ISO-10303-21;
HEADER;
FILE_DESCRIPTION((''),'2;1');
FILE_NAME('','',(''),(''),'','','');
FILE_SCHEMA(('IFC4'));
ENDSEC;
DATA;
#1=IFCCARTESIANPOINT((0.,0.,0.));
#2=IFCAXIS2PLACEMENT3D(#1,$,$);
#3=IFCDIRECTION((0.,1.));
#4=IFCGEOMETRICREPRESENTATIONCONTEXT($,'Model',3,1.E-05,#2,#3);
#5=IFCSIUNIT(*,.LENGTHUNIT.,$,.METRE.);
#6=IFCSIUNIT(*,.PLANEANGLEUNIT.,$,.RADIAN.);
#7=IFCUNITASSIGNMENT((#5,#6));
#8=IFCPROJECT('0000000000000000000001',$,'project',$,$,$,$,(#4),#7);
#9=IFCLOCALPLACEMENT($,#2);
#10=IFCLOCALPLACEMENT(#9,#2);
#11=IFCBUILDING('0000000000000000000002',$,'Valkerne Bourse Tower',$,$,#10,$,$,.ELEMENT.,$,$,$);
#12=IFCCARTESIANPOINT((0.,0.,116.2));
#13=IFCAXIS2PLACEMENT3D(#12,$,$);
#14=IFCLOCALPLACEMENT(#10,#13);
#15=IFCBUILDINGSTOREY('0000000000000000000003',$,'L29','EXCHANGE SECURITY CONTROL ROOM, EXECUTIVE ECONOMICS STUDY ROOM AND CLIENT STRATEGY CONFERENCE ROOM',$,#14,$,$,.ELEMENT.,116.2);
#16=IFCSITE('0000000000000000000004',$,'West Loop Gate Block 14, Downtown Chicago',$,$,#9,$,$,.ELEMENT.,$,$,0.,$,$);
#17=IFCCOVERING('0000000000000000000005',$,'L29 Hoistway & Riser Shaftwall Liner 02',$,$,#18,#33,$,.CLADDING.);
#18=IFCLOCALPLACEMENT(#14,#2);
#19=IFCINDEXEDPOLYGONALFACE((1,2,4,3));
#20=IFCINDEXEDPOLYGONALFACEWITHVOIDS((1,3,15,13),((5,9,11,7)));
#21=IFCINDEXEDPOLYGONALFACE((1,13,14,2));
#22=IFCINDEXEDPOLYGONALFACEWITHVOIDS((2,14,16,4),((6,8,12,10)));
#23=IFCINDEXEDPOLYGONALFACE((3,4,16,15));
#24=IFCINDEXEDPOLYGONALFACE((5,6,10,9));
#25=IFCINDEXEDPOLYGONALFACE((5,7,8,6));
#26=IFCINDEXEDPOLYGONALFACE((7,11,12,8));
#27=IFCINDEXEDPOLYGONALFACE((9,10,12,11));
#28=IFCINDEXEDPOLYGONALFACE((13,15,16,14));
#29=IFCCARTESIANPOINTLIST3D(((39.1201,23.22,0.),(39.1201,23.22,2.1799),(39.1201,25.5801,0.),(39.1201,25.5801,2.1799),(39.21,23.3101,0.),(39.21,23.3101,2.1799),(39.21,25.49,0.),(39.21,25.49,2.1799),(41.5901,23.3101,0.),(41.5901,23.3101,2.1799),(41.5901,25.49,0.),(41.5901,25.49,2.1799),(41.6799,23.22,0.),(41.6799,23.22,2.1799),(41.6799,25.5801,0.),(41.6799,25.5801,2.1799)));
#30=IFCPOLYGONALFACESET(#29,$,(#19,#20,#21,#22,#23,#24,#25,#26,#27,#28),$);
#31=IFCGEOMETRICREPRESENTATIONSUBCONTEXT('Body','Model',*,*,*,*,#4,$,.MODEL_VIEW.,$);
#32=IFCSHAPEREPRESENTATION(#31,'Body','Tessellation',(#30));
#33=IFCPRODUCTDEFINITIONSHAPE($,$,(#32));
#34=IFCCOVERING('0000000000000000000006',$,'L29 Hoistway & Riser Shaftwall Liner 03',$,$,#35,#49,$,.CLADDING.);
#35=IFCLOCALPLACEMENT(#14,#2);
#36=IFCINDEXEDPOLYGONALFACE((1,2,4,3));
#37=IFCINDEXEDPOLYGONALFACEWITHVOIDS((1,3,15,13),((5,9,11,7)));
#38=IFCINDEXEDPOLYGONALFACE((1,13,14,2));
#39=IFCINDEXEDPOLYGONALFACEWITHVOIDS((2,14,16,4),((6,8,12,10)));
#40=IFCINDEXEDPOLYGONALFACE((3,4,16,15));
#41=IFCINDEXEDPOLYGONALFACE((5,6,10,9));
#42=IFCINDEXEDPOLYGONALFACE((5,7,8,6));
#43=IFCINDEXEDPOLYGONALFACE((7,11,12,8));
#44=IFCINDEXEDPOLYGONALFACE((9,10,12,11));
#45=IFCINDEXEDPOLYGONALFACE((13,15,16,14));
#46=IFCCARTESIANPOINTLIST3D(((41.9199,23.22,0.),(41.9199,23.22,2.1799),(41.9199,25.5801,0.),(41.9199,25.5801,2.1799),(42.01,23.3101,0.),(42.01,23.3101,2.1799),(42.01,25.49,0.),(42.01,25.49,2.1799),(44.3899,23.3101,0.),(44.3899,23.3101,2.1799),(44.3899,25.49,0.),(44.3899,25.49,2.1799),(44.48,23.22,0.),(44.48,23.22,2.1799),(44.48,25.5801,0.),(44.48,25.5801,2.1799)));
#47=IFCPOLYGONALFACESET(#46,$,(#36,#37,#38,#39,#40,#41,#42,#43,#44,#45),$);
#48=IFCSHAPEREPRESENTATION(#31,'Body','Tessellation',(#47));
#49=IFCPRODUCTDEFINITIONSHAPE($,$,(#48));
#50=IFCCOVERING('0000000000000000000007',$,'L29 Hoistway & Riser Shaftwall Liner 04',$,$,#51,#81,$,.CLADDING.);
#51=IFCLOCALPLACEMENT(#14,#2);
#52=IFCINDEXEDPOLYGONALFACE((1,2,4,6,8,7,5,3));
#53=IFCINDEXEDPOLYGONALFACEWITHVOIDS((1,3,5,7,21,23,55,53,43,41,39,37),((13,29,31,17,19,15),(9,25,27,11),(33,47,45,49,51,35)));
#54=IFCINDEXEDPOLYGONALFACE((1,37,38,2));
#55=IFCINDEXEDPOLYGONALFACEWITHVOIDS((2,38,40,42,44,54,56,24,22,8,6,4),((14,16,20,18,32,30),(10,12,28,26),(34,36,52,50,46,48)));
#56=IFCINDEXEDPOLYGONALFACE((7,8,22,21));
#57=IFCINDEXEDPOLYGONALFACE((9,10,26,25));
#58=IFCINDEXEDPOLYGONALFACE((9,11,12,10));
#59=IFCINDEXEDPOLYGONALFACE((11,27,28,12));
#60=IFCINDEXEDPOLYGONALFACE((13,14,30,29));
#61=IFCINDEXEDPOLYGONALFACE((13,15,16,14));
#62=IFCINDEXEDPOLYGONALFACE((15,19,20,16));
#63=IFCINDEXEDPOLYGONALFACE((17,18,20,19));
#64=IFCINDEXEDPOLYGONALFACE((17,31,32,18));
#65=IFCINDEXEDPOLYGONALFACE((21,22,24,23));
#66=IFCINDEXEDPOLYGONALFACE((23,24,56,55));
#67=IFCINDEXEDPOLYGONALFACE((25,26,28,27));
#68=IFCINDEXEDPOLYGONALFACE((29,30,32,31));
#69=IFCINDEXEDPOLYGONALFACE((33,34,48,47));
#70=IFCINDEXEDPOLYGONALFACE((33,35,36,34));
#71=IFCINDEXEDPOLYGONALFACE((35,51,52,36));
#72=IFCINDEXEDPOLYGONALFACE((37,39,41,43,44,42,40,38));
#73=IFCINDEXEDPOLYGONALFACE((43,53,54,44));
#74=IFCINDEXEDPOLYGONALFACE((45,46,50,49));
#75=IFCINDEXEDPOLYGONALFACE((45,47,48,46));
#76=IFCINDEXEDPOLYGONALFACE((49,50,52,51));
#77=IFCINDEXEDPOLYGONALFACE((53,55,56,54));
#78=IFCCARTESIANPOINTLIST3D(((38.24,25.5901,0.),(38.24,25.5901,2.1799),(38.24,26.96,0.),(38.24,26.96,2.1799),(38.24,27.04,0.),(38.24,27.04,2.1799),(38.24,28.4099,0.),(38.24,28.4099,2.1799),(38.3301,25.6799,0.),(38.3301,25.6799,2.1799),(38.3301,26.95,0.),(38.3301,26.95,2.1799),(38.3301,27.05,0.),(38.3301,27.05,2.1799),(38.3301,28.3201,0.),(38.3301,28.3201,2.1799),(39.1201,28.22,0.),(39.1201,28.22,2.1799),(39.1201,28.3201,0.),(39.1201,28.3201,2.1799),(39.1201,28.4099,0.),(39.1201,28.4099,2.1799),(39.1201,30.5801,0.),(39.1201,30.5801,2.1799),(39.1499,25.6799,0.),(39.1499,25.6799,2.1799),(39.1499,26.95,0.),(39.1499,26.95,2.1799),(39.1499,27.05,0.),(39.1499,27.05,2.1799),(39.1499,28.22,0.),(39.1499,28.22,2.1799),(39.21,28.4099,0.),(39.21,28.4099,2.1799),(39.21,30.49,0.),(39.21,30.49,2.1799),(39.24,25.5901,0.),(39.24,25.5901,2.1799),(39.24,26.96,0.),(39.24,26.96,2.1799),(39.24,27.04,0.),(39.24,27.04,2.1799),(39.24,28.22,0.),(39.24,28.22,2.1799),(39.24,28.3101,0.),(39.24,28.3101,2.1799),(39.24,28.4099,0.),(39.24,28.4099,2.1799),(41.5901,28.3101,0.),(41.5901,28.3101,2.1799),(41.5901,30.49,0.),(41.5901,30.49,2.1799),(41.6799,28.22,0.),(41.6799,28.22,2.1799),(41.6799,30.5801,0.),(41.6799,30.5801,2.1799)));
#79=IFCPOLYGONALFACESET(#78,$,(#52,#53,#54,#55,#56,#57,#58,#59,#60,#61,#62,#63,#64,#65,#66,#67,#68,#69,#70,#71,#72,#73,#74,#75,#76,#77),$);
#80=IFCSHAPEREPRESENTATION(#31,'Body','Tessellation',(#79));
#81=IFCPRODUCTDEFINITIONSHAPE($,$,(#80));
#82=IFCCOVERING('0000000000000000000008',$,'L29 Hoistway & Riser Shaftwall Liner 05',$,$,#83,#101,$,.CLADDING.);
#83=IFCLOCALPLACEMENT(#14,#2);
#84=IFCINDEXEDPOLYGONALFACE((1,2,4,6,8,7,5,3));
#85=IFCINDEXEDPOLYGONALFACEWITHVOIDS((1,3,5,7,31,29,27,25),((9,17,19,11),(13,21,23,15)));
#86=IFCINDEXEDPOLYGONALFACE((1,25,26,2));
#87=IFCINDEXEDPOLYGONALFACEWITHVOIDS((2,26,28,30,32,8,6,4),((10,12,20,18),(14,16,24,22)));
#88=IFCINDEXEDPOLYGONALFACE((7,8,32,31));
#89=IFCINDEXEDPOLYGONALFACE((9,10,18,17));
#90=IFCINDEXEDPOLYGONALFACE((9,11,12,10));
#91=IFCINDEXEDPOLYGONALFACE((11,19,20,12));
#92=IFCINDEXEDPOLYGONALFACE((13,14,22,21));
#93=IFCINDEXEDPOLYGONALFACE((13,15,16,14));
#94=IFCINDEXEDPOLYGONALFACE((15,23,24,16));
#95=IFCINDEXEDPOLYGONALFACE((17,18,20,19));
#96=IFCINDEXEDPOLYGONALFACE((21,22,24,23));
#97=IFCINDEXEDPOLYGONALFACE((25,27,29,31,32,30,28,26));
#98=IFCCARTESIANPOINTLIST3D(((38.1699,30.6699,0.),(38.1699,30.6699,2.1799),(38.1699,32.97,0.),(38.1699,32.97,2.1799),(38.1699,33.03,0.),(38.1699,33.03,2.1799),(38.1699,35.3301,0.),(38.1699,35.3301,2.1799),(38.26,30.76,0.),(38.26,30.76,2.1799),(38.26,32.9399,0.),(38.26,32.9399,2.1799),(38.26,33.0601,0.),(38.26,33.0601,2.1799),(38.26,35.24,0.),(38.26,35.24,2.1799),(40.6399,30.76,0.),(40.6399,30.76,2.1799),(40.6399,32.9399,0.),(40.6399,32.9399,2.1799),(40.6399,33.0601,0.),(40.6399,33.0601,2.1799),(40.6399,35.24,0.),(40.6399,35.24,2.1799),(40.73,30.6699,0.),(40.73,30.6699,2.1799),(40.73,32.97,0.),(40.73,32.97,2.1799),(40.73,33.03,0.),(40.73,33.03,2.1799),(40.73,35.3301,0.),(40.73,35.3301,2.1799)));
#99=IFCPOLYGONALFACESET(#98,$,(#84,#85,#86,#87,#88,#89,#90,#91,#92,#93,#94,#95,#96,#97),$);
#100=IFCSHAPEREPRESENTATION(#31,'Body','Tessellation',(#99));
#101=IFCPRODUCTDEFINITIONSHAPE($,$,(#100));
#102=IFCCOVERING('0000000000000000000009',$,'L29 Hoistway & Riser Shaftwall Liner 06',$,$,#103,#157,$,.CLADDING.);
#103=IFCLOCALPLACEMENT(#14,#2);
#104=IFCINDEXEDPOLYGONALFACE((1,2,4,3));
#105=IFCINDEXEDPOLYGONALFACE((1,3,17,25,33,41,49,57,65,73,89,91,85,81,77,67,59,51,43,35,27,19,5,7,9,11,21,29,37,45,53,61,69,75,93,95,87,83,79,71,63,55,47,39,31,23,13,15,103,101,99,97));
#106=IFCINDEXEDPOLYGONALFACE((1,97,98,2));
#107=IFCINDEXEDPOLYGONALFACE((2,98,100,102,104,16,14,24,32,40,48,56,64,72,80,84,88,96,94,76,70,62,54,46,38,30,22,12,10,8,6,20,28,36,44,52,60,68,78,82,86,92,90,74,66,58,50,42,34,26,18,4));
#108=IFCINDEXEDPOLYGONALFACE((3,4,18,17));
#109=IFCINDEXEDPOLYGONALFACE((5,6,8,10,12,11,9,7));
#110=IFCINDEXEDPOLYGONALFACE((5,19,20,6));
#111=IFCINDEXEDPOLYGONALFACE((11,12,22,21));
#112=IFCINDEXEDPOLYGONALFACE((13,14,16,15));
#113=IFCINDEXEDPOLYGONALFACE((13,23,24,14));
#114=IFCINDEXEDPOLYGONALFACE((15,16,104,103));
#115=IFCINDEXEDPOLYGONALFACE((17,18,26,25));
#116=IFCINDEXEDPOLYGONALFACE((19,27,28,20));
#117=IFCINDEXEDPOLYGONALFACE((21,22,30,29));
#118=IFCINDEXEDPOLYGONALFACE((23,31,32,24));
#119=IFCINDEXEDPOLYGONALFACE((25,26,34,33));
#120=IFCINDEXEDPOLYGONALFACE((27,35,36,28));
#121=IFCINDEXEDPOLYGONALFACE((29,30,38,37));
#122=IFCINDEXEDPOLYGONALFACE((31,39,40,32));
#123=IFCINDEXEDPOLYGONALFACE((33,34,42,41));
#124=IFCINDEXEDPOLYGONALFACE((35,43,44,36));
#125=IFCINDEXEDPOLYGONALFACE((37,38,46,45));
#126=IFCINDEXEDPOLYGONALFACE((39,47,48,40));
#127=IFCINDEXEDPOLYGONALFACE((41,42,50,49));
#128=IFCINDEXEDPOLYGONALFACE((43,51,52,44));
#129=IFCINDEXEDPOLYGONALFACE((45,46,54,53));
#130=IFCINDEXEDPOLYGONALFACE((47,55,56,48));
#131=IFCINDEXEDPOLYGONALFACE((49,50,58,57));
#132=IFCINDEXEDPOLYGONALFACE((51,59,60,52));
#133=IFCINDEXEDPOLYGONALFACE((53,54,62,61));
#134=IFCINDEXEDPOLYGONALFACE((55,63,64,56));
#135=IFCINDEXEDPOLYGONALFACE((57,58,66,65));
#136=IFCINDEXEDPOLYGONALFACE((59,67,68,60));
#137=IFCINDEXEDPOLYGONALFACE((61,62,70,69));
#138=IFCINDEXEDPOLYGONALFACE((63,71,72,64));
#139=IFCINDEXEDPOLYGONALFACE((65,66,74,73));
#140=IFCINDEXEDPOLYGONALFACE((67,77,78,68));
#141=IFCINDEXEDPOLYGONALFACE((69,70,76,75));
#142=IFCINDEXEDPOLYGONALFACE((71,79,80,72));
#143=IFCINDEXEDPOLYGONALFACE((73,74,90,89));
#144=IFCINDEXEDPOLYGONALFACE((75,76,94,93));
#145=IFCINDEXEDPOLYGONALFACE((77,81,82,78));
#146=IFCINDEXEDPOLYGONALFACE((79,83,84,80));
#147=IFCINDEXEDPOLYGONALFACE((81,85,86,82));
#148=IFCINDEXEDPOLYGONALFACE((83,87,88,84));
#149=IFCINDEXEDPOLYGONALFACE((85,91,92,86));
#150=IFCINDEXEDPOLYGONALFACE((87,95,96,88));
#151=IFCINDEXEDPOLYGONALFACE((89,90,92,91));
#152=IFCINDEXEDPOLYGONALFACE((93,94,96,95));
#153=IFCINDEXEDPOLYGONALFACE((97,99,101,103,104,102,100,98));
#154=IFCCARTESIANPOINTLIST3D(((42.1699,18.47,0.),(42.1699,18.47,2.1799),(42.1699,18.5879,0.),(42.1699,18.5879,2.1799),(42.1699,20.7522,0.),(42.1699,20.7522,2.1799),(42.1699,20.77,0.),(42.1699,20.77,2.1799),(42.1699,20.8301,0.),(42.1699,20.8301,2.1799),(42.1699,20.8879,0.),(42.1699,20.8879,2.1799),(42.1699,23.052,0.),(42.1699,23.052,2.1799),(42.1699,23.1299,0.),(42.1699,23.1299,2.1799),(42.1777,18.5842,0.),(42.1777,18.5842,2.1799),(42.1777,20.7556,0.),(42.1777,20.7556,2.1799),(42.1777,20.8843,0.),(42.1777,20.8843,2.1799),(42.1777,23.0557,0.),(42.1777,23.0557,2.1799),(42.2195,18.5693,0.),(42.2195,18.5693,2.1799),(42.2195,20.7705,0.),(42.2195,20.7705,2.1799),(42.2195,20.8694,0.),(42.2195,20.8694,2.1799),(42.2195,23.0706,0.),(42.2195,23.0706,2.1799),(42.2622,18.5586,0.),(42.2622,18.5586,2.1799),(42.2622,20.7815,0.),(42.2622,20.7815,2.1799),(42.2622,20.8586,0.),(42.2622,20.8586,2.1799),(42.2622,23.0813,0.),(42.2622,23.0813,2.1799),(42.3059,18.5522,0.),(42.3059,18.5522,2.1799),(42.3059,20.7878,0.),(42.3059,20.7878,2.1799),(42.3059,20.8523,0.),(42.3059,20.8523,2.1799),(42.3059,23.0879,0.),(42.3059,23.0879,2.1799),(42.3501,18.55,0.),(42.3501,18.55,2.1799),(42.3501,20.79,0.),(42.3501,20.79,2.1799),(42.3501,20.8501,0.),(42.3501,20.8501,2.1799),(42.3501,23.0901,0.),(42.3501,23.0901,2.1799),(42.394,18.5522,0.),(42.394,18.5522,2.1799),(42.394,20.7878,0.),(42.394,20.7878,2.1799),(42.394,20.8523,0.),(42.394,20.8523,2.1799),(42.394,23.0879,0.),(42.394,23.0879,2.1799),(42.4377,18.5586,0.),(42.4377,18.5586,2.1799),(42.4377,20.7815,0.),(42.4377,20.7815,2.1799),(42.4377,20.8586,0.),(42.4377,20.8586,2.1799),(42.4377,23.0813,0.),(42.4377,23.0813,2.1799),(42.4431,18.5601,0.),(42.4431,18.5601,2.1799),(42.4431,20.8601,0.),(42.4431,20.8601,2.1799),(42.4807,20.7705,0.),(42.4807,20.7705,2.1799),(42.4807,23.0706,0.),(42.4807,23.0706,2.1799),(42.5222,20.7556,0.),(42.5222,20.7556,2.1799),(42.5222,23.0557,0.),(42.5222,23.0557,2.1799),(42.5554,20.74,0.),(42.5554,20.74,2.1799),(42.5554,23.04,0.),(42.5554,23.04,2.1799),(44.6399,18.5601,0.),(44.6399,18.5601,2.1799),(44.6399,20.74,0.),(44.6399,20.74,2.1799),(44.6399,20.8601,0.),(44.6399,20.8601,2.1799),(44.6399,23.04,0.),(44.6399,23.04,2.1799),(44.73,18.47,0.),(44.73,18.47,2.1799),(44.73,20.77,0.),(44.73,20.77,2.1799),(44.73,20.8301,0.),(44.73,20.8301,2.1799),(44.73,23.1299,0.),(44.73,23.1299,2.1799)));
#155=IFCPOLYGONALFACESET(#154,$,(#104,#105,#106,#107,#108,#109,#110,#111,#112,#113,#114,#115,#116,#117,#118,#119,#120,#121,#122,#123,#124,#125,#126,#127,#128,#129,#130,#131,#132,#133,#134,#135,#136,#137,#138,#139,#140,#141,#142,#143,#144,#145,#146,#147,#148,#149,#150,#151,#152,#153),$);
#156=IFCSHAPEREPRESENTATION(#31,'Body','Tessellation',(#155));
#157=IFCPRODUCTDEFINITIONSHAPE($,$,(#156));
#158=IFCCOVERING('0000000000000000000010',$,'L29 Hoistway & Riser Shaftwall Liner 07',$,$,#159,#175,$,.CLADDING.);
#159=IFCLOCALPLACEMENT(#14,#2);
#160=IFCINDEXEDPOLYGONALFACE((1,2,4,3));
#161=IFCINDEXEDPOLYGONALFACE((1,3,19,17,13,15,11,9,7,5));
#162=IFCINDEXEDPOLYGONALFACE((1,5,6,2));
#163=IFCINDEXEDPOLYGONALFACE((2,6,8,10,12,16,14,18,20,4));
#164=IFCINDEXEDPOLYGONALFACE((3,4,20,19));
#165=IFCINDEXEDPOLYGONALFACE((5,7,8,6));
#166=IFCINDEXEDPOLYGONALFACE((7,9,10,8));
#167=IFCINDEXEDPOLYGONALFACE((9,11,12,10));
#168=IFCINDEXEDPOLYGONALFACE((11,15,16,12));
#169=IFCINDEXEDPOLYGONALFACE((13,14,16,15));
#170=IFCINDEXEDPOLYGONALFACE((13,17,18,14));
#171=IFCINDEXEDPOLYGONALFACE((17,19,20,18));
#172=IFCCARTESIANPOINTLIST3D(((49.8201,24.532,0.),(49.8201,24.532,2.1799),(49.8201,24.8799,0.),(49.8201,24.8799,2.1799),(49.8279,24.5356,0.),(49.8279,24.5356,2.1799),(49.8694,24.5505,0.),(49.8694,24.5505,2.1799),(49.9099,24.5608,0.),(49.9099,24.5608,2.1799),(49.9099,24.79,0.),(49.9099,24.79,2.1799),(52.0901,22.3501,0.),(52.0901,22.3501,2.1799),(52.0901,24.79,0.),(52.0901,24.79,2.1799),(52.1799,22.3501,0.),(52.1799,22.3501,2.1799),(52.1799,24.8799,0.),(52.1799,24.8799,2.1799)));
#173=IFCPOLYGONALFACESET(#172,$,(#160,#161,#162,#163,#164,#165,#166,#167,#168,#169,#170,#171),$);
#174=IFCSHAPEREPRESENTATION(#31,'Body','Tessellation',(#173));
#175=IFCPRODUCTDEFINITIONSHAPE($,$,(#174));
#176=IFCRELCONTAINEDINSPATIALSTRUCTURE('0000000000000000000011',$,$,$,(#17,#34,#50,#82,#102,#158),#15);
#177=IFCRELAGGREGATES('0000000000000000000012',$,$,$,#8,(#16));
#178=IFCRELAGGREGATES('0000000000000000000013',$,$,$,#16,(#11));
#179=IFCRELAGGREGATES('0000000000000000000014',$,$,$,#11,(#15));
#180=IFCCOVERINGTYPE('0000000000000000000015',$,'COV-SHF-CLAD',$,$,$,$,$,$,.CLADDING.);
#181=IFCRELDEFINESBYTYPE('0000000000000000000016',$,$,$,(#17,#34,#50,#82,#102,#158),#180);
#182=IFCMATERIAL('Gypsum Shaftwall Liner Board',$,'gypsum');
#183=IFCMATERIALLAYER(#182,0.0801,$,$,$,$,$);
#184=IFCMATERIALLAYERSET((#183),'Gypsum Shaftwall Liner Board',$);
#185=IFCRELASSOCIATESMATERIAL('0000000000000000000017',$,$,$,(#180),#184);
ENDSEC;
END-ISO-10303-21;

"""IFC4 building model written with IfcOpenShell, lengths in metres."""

from ifc_helpers import new_model, si_unit, direction, frame, origin, place, context, subcontext, project, spatial, polyline, outline, extrude, material, layer, layer_set, type_object, element, save


model = new_model("IFC4")

# Units and contexts
model_context = context("Model", 3, precision=1e-05, world=origin(), true_north=direction((0.0, 1.0)))
body_context = subcontext(model_context, "Body", "Model", "MODEL_VIEW")
ifc_project = project(units=[si_unit("LENGTHUNIT", "METRE"), si_unit("PLANEANGLEUNIT", "RADIAN")], contexts=[model_context])

# Site, building, storey
site_placement = place(None, origin())
site = spatial("IfcSite", under=ifc_project, at=site_placement, Name="West Loop Gate Block 14, Downtown Chicago", CompositionType="ELEMENT", RefElevation=0.0)
building_placement = place(site_placement, origin())
building = spatial("IfcBuilding", under=site, at=building_placement, Name="Valkerne Bourse Tower", CompositionType="ELEMENT")
storey_placement = place(building_placement, frame((0.0, 0.0, 116.2)))
storey = spatial("IfcBuildingStorey", under=building, at=storey_placement, Name="L29", Description="EXCHANGE SECURITY CONTROL ROOM, EXECUTIVE ECONOMICS STUDY ROOM AND CLIENT STRATEGY CONFERENCE ROOM", CompositionType="ELEMENT", Elevation=116.2)

# Coverings
ifc_material_1 = material(Name="Gypsum Shaftwall Liner Board", Category="gypsum")
ifc_layer_1 = layer(ifc_material_1, 0.0801)
ifc_layer_set_1 = layer_set([ifc_layer_1], Name="Gypsum Shaftwall Liner Board")
covering_type_1 = type_object("IfcCoveringType", Name="COV-SHF-CLAD", PredefinedType="CLADDING", material=ifc_layer_set_1)
covering_1_placement = place(storey_placement, origin())
element("IfcCovering", 1, at=covering_1_placement, inside=storey, type_object=covering_type_1, Name="L29 Hoistway & Riser Shaftwall Liner 02", PredefinedType="CLADDING", context=body_context, shape_type="SweptSolid", body=[
    extrude(outline(polyline([(41.6799, 23.22), (39.1201, 23.22), (39.1201, 25.5801), (41.6799, 25.5801), (41.6799, 23.22)]), holes=[polyline([(39.21, 25.49), (39.21, 23.3101), (41.5901, 23.3101), (41.5901, 25.49), (39.21, 25.49)])]), origin(), (0.0, 0.0, 1.0), 2.1799),
])
covering_2_placement = place(storey_placement, origin())
element("IfcCovering", 2, at=covering_2_placement, inside=storey, type_object=covering_type_1, Name="L29 Hoistway & Riser Shaftwall Liner 03", PredefinedType="CLADDING", context=body_context, shape_type="SweptSolid", body=[
    extrude(outline(polyline([(44.48, 23.22), (41.9199, 23.22), (41.9199, 25.5801), (44.48, 25.5801), (44.48, 23.22)]), holes=[polyline([(42.01, 25.49), (42.01, 23.3101), (44.3899, 23.3101), (44.3899, 25.49), (42.01, 25.49)])]), origin(), (0.0, 0.0, 1.0), 2.1799),
])
covering_3_placement = place(storey_placement, origin())
element("IfcCovering", 3, at=covering_3_placement, inside=storey, type_object=covering_type_1, Name="L29 Hoistway & Riser Shaftwall Liner 04", PredefinedType="CLADDING", context=body_context, shape_type="SweptSolid", body=[
    extrude(outline(polyline([(38.24, 28.4099), (39.1201, 28.4099), (39.1201, 30.5801), (41.6799, 30.5801), (41.6799, 28.22), (39.24, 28.22), (39.24, 27.04), (39.24, 26.96), (39.24, 25.5901), (38.24, 25.5901), (38.24, 26.96), (38.24, 27.04), (38.24, 28.4099)]), holes=[polyline([(39.21, 30.49), (39.21, 28.4099), (39.24, 28.4099), (39.24, 28.3101), (41.5901, 28.3101), (41.5901, 30.49), (39.21, 30.49)]), polyline([(38.3301, 26.95), (38.3301, 25.6799), (39.1499, 25.6799), (39.1499, 26.95), (38.3301, 26.95)]), polyline([(39.1201, 28.22), (39.1201, 28.3201), (38.3301, 28.3201), (38.3301, 27.05), (39.1499, 27.05), (39.1499, 28.22), (39.1201, 28.22)])]), origin(), (0.0, 0.0, 1.0), 2.1799),
])
covering_4_placement = place(storey_placement, origin())
element("IfcCovering", 4, at=covering_4_placement, inside=storey, type_object=covering_type_1, Name="L29 Hoistway & Riser Shaftwall Liner 05", PredefinedType="CLADDING", context=body_context, shape_type="SweptSolid", body=[
    extrude(outline(polyline([(38.1699, 35.3301), (40.73, 35.3301), (40.73, 33.03), (40.73, 32.97), (40.73, 30.6699), (38.1699, 30.6699), (38.1699, 32.97), (38.1699, 33.03), (38.1699, 35.3301)]), holes=[polyline([(38.26, 32.9399), (38.26, 30.76), (40.6399, 30.76), (40.6399, 32.9399), (38.26, 32.9399)]), polyline([(38.26, 35.24), (38.26, 33.0601), (40.6399, 33.0601), (40.6399, 35.24), (38.26, 35.24)])]), origin(), (0.0, 0.0, 1.0), 2.1799),
])
covering_5_placement = place(storey_placement, origin())
element("IfcCovering", 5, at=covering_5_placement, inside=storey, type_object=covering_type_1, Name="L29 Hoistway & Riser Shaftwall Liner 06", PredefinedType="CLADDING", context=body_context, shape_type="SweptSolid", body=[
    extrude(outline(polyline([(42.1699, 20.8301), (42.1699, 20.8879), (42.1777, 20.8843), (42.2195, 20.8694), (42.2622, 20.8586), (42.3059, 20.8523), (42.3501, 20.8501), (42.394, 20.8523), (42.4377, 20.8586), (42.4431, 20.8601), (44.6399, 20.8601), (44.6399, 23.04), (42.5554, 23.04), (42.5222, 23.0557), (42.4807, 23.0706), (42.4377, 23.0813), (42.394, 23.0879), (42.3501, 23.0901), (42.3059, 23.0879), (42.2622, 23.0813), (42.2195, 23.0706), (42.1777, 23.0557), (42.1699, 23.052), (42.1699, 23.1299), (44.73, 23.1299), (44.73, 20.8301), (44.73, 20.77), (44.73, 18.47), (42.1699, 18.47), (42.1699, 18.5879), (42.1777, 18.5842), (42.2195, 18.5693), (42.2622, 18.5586), (42.3059, 18.5522), (42.3501, 18.55), (42.394, 18.5522), (42.4377, 18.5586), (42.4431, 18.5601), (44.6399, 18.5601), (44.6399, 20.74), (42.5554, 20.74), (42.5222, 20.7556), (42.4807, 20.7705), (42.4377, 20.7815), (42.394, 20.7878), (42.3501, 20.79), (42.3059, 20.7878), (42.2622, 20.7815), (42.2195, 20.7705), (42.1777, 20.7556), (42.1699, 20.7522), (42.1699, 20.77), (42.1699, 20.8301)])), origin(), (0.0, 0.0, 1.0), 2.1799),
])
covering_6_placement = place(storey_placement, origin())
element("IfcCovering", 6, at=covering_6_placement, inside=storey, type_object=covering_type_1, Name="L29 Hoistway & Riser Shaftwall Liner 07", PredefinedType="CLADDING", context=body_context, shape_type="SweptSolid", body=[
    extrude(outline(polyline([(52.1799, 22.3501), (52.0901, 22.3501), (52.0901, 24.79), (49.9099, 24.79), (49.9099, 24.5608), (49.8694, 24.5505), (49.8279, 24.5356), (49.8201, 24.532), (49.8201, 24.8799), (52.1799, 24.8799), (52.1799, 22.3501)])), origin(), (0.0, 0.0, 1.0), 2.1799),
])

save(model, "model.ifc")
